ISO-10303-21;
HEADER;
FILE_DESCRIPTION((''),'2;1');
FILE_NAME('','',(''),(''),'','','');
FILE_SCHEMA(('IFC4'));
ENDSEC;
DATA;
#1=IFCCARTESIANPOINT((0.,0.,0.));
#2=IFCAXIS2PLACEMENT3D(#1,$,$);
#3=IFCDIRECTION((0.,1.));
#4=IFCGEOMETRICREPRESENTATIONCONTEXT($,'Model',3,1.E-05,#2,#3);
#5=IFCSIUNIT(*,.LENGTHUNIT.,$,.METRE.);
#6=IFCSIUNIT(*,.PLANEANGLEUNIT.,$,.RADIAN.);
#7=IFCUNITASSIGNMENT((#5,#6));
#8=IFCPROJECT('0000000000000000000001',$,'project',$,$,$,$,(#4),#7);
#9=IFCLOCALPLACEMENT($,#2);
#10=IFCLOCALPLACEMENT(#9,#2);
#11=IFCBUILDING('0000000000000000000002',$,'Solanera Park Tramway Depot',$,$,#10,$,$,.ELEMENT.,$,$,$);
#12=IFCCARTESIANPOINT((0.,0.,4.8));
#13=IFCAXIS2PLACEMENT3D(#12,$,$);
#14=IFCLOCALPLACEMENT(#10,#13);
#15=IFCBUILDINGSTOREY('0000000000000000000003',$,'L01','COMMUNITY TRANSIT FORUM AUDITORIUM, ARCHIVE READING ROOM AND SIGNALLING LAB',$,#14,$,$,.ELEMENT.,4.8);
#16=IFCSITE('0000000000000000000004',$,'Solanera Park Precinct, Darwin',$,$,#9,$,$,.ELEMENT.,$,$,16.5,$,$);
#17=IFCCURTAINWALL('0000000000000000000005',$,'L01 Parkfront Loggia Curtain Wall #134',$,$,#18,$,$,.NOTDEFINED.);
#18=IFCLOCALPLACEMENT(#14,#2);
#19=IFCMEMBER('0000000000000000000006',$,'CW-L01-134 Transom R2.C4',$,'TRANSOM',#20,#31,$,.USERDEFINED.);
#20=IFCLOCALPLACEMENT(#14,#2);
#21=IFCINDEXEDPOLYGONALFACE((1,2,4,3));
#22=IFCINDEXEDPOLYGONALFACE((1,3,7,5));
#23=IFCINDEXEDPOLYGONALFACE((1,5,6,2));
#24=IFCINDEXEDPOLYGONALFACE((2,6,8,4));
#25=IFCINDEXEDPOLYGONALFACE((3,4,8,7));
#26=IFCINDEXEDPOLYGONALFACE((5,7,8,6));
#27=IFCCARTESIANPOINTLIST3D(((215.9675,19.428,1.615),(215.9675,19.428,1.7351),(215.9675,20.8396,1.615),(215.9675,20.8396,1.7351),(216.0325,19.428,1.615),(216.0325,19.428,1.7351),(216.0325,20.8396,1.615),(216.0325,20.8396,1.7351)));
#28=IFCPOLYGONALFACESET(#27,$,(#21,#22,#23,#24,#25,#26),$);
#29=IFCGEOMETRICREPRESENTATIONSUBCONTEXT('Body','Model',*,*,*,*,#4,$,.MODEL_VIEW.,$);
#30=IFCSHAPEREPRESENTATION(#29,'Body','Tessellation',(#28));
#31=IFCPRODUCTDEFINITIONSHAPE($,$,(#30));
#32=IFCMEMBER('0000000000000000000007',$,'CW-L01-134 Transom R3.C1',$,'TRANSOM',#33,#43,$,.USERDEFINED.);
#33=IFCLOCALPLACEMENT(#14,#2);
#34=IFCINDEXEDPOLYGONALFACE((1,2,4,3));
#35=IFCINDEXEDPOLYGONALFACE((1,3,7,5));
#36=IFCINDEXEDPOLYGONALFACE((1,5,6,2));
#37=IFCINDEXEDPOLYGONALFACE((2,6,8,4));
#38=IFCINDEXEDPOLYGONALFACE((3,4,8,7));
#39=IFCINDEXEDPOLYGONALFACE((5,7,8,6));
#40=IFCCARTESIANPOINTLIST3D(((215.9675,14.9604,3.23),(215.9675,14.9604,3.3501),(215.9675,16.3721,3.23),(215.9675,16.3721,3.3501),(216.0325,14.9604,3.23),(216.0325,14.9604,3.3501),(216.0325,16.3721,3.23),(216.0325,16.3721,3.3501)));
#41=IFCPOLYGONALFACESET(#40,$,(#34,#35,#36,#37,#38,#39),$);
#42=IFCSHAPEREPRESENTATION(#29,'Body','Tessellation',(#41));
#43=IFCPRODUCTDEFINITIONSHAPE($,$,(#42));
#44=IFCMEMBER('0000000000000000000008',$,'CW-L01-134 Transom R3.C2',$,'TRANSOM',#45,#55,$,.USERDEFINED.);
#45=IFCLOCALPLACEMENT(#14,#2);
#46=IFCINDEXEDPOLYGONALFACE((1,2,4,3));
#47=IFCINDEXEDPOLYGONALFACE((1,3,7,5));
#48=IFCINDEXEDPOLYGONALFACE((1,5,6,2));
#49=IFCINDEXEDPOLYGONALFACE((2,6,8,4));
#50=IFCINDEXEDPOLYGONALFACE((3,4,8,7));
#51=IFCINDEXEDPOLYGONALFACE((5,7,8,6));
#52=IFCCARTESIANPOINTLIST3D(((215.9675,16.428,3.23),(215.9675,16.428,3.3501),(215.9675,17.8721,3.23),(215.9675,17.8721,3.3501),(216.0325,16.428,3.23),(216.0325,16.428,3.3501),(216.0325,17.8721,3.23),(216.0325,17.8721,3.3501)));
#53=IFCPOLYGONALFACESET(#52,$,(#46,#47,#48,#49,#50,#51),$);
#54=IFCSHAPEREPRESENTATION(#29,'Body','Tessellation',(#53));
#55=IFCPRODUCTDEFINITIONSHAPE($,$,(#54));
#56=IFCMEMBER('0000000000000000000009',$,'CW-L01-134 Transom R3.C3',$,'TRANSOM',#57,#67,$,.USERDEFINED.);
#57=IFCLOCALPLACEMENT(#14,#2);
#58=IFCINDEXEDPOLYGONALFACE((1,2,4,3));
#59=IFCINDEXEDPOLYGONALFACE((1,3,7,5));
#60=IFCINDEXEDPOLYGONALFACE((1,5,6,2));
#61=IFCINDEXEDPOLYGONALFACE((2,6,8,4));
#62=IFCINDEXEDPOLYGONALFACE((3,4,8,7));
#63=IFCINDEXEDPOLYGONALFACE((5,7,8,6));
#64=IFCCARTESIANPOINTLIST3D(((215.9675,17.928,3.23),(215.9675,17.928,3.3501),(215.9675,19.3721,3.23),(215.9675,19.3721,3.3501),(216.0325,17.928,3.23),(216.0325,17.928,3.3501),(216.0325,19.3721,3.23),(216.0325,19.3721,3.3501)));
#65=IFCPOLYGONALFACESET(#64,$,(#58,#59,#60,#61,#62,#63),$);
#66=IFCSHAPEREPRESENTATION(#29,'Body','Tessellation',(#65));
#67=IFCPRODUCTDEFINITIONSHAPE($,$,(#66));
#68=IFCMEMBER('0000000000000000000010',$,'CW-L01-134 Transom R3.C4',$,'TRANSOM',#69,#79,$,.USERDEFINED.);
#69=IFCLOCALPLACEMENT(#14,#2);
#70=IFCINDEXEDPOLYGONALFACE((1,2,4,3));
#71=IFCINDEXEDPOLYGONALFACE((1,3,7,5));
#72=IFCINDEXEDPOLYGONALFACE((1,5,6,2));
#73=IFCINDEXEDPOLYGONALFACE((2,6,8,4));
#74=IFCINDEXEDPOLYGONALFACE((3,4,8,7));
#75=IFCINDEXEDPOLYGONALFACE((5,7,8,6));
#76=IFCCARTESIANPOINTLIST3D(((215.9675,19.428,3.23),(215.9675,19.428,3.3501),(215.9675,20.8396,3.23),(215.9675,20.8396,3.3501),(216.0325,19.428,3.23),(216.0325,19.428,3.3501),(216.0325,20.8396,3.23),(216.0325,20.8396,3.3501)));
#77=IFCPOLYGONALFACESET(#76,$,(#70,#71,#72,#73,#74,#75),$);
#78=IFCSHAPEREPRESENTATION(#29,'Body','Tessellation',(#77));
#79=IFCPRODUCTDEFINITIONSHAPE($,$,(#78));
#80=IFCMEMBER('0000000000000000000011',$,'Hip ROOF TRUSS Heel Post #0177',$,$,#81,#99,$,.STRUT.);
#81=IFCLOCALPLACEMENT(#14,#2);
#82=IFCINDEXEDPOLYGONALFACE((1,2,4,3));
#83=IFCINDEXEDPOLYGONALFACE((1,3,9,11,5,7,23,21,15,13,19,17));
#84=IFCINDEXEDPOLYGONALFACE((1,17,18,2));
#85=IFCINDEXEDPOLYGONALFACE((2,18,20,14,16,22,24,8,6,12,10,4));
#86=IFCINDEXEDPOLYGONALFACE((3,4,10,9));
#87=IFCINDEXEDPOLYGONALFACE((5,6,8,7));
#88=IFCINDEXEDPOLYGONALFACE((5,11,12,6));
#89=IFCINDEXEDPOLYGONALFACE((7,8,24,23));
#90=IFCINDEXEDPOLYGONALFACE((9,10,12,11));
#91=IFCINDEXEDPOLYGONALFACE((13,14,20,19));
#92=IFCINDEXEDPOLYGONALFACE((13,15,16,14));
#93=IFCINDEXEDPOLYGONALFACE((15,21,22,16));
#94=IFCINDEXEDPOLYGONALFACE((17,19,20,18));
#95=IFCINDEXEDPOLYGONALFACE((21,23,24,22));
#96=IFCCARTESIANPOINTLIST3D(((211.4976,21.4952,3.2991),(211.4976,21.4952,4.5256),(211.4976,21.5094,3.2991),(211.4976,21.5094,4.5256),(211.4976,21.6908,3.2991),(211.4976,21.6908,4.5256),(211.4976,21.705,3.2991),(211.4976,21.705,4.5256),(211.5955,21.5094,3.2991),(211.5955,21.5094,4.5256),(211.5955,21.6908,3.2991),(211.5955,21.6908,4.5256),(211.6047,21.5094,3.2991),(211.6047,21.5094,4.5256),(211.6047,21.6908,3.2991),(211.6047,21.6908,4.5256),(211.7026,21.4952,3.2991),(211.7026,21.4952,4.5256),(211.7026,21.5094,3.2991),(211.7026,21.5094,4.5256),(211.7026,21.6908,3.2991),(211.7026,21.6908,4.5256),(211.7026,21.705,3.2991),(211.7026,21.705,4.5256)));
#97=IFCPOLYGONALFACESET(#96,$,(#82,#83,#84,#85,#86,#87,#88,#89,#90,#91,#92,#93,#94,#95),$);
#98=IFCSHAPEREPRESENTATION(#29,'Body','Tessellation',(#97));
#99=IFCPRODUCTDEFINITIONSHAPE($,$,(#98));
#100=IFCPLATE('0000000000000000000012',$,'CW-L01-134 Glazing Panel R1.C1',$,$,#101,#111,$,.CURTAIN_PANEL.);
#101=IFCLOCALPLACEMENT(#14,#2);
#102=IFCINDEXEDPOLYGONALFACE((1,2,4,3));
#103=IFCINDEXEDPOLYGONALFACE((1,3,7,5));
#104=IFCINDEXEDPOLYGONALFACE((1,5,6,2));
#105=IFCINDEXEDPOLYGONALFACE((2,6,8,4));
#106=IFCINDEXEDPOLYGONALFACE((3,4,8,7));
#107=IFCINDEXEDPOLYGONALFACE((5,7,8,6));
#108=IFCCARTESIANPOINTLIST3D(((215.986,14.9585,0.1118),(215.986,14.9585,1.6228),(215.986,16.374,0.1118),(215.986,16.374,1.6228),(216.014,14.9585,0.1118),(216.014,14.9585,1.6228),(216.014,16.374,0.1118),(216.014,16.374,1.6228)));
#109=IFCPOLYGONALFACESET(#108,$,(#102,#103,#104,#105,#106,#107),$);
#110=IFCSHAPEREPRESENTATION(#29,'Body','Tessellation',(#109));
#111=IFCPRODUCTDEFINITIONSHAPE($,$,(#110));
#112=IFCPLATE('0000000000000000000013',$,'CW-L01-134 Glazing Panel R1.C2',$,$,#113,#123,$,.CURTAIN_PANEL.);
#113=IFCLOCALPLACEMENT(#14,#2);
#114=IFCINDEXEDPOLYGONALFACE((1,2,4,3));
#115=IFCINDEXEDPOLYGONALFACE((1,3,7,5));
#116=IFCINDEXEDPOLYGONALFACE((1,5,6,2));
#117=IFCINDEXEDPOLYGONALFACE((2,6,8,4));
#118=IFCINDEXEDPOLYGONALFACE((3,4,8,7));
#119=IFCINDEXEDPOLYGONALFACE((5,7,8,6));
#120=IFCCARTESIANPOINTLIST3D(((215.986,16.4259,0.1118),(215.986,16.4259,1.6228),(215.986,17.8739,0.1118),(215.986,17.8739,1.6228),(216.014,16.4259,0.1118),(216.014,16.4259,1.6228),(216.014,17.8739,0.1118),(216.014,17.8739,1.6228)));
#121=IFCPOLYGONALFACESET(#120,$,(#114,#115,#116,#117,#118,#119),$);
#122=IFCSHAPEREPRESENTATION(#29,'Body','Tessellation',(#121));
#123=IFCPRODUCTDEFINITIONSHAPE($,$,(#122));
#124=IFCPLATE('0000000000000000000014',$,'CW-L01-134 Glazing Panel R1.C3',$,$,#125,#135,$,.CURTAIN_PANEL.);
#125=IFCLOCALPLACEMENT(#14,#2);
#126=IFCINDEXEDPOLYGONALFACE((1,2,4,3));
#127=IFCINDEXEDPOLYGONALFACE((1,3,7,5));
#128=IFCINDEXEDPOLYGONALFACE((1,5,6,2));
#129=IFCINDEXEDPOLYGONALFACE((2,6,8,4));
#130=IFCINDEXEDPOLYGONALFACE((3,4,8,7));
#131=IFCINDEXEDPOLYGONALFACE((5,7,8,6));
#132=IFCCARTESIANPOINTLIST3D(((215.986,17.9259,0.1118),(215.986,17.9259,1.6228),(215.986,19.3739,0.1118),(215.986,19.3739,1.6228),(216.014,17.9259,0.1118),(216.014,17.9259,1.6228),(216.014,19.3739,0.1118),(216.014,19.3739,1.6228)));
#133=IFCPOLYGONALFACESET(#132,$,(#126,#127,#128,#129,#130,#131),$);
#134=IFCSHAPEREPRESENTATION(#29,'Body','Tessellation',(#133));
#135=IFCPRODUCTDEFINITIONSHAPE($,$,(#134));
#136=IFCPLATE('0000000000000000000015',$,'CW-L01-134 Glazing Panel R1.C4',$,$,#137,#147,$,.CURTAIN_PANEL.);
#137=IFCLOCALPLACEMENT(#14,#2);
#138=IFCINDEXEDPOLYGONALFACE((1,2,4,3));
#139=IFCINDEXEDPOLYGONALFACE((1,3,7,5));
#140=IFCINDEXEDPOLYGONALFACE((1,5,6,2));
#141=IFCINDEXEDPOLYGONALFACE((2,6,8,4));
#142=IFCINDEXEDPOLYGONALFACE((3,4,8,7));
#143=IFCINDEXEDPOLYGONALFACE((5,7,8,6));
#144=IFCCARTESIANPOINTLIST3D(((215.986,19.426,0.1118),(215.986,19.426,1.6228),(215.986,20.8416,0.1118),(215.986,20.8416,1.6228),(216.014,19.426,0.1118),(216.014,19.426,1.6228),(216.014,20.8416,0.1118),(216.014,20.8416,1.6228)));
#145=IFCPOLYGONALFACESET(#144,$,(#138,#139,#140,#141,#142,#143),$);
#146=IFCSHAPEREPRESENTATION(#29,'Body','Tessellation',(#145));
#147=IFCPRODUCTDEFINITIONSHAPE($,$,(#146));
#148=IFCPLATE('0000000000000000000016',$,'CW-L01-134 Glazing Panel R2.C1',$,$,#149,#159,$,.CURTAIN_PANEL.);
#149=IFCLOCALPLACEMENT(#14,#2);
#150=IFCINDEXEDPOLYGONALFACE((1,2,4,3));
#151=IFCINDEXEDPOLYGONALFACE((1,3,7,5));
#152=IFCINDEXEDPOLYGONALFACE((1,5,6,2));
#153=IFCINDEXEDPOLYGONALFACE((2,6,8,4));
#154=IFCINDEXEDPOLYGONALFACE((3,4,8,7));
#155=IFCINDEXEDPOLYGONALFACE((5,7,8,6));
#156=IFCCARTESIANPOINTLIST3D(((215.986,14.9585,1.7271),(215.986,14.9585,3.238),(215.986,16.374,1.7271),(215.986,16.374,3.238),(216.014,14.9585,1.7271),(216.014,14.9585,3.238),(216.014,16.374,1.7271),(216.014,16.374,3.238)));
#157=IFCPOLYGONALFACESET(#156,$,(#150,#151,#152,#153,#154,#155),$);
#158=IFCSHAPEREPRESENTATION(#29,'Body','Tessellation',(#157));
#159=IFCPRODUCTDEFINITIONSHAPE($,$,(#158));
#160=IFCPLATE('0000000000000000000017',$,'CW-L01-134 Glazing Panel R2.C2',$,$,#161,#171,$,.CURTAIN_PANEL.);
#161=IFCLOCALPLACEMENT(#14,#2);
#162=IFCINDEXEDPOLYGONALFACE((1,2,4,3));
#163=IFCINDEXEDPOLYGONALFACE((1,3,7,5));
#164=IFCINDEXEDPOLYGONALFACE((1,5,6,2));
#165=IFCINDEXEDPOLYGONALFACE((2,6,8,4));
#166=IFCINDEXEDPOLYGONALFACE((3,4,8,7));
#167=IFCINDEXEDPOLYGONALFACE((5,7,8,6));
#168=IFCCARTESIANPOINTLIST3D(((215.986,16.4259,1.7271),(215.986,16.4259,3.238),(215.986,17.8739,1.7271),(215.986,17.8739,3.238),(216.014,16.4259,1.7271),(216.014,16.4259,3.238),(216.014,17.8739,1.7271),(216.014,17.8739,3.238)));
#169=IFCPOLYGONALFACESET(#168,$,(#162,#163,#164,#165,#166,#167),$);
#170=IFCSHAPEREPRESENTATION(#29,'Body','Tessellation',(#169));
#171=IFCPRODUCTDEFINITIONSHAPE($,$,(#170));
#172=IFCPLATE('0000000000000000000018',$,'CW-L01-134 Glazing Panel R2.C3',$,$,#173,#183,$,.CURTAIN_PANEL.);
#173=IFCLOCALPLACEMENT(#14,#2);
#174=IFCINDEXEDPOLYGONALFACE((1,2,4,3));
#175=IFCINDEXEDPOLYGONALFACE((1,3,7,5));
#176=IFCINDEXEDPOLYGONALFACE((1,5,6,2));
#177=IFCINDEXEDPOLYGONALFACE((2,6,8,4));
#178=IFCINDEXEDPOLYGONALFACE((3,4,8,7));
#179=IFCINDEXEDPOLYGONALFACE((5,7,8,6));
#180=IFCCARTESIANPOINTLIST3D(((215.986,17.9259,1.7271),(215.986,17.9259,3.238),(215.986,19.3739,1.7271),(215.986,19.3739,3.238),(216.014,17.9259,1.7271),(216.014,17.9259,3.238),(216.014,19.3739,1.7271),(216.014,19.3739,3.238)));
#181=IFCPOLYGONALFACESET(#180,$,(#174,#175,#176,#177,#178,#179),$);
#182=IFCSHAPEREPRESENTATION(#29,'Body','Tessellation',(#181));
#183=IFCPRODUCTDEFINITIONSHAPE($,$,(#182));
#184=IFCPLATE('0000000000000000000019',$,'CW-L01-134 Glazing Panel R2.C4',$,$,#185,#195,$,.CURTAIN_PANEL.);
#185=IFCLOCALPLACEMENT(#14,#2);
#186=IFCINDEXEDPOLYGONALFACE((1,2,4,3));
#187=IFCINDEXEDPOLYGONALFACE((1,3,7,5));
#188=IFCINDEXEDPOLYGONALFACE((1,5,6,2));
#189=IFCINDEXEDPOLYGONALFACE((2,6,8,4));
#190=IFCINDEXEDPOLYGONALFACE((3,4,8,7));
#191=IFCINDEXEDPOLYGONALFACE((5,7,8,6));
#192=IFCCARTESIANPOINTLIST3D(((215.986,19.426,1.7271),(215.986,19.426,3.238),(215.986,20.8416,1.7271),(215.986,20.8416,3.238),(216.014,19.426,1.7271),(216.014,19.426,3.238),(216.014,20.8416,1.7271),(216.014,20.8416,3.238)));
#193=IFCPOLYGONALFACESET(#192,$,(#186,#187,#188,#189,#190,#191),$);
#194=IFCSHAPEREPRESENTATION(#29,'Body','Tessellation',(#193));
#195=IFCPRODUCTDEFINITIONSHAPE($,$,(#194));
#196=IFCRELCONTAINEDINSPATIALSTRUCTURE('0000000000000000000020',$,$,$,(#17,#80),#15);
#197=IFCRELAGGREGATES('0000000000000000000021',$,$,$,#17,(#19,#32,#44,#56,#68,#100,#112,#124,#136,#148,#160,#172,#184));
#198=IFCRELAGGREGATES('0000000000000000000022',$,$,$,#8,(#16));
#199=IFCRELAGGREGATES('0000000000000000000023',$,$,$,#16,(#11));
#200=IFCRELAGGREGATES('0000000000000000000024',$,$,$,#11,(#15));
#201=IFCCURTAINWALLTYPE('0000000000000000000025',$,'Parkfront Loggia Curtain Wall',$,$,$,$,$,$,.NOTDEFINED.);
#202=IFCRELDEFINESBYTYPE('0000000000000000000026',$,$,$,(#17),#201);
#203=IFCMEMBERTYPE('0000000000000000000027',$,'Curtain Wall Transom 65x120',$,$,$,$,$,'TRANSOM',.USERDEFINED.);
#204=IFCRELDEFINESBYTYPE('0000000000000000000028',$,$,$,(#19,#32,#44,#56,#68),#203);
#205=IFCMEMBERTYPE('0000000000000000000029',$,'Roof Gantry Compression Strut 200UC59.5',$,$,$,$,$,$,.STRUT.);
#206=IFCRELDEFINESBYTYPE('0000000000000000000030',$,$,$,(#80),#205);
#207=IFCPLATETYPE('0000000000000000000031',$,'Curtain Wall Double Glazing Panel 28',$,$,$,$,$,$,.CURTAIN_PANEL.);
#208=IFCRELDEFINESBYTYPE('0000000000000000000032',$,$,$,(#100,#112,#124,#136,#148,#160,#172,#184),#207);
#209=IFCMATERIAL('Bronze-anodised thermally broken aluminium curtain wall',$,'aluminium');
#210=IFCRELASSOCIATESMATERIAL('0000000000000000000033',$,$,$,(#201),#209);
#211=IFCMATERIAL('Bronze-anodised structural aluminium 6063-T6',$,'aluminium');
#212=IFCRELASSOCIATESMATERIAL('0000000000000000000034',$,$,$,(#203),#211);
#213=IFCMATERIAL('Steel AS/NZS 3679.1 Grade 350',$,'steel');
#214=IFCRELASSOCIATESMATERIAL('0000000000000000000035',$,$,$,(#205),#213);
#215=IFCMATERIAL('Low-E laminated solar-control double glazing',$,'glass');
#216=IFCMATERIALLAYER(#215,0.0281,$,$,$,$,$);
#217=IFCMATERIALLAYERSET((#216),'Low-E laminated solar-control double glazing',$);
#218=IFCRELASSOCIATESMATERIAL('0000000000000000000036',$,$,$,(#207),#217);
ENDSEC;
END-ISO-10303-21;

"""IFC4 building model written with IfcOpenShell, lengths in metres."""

from ifc_helpers import new_model, si_unit, direction, frame, origin, origin_2d, place, context, subcontext, project, spatial, rectangle, i_section, extrude, material, layer, layer_set, material_profile, profile_set, type_object, element, aggregate, save


model = new_model("IFC4")

# Units and contexts
model_context = context("Model", 3, precision=1e-05, world=origin(), true_north=direction((0.0, 1.0)))
body_context = subcontext(model_context, "Body", "Model", "MODEL_VIEW")
ifc_project = project(units=[si_unit("LENGTHUNIT", "METRE"), si_unit("PLANEANGLEUNIT", "RADIAN")], contexts=[model_context])

# Site, building, storey
site_placement = place(None, origin())
site = spatial("IfcSite", under=ifc_project, at=site_placement, Name="Solanera Park Precinct, Darwin", CompositionType="ELEMENT", RefElevation=16.5)
building_placement = place(site_placement, origin())
building = spatial("IfcBuilding", under=site, at=building_placement, Name="Solanera Park Tramway Depot", CompositionType="ELEMENT")
storey_placement = place(building_placement, frame((0.0, 0.0, 4.8)))
storey = spatial("IfcBuildingStorey", under=building, at=storey_placement, Name="L01", Description="COMMUNITY TRANSIT FORUM AUDITORIUM, ARCHIVE READING ROOM AND SIGNALLING LAB", CompositionType="ELEMENT", Elevation=4.8)

# Curtain wall
ifc_material_1 = material(Name="Bronze-anodised thermally broken aluminium curtain wall", Category="aluminium")
curtain_wall_type = type_object("IfcCurtainWallType", Name="Parkfront Loggia Curtain Wall", PredefinedType="NOTDEFINED", material=ifc_material_1)
curtain_wall_1_placement = place(storey_placement, origin())
curtain_wall_1 = element("IfcCurtainWall", 1, at=curtain_wall_1_placement, inside=storey, type_object=curtain_wall_type, Name="L01 Parkfront Loggia Curtain Wall #134", PredefinedType="NOTDEFINED")

# Members
ifc_material_2 = material(Name="Bronze-anodised structural aluminium 6063-T6", Category="aluminium")
ifc_material_profile_1 = material_profile(ifc_material_2, rectangle(XDim=0.0649, YDim=0.1201, at=origin_2d()), Name="Curtain Wall Transom 65x120")
ifc_profile_set_1 = profile_set([ifc_material_profile_1], Name="Bronze-anodised structural aluminium 6063-T6")
member_type_1 = type_object("IfcMemberType", Name="Curtain Wall Transom 65x120", ElementType="TRANSOM", PredefinedType="USERDEFINED", material=ifc_profile_set_1)
member_1_placement = place(storey_placement, frame((216.0, 19.428, 1.675), z_axis=(0.0, 1.0, 0.0), x_axis=(-1.0, 0.0, 0.0)))
member_1 = element("IfcMember", 2, at=member_1_placement, type_object=member_type_1, Name="CW-L01-134 Transom R2.C4", ObjectType="TRANSOM", PredefinedType="USERDEFINED", context=body_context, shape_type="SweptSolid", body=[
    extrude(rectangle(XDim=0.0649, YDim=0.1201, at=origin_2d()), origin(), (0.0, 0.0, 1.0), 1.4116),
])
member_2_placement = place(storey_placement, frame((216.0, 14.9604, 3.29), z_axis=(0.0, 1.0, 0.0), x_axis=(-1.0, 0.0, 0.0)))
member_2 = element("IfcMember", 3, at=member_2_placement, type_object=member_type_1, Name="CW-L01-134 Transom R3.C1", ObjectType="TRANSOM", PredefinedType="USERDEFINED", context=body_context, shape_type="SweptSolid", body=[
    extrude(rectangle(XDim=0.0649, YDim=0.1201, at=origin_2d()), origin(), (0.0, 0.0, 1.0), 1.4116),
])
member_3_placement = place(storey_placement, frame((216.0, 16.428, 3.29), z_axis=(0.0, 1.0, 0.0), x_axis=(-1.0, 0.0, 0.0)))
member_3 = element("IfcMember", 4, at=member_3_placement, type_object=member_type_1, Name="CW-L01-134 Transom R3.C2", ObjectType="TRANSOM", PredefinedType="USERDEFINED", context=body_context, shape_type="SweptSolid", body=[
    extrude(rectangle(XDim=0.0649, YDim=0.1201, at=origin_2d()), origin(), (0.0, 0.0, 1.0), 1.4441),
])
member_4_placement = place(storey_placement, frame((216.0, 17.928, 3.29), z_axis=(0.0, 1.0, 0.0), x_axis=(-1.0, 0.0, 0.0)))
member_4 = element("IfcMember", 5, at=member_4_placement, type_object=member_type_1, Name="CW-L01-134 Transom R3.C3", ObjectType="TRANSOM", PredefinedType="USERDEFINED", context=body_context, shape_type="SweptSolid", body=[
    extrude(rectangle(XDim=0.0649, YDim=0.1201, at=origin_2d()), origin(), (0.0, 0.0, 1.0), 1.4441),
])
member_5_placement = place(storey_placement, frame((216.0, 19.428, 3.29), z_axis=(0.0, 1.0, 0.0), x_axis=(-1.0, 0.0, 0.0)))
member_5 = element("IfcMember", 6, at=member_5_placement, type_object=member_type_1, Name="CW-L01-134 Transom R3.C4", ObjectType="TRANSOM", PredefinedType="USERDEFINED", context=body_context, shape_type="SweptSolid", body=[
    extrude(rectangle(XDim=0.0649, YDim=0.1201, at=origin_2d()), origin(), (0.0, 0.0, 1.0), 1.4116),
])
ifc_material_3 = material(Name="Steel AS/NZS 3679.1 Grade 350", Category="steel")
ifc_material_profile_2 = material_profile(ifc_material_3, i_section(OverallWidth=0.2051, OverallDepth=0.2097, WebThickness=0.0093, FlangeThickness=0.0142, at=origin_2d()), Name="200UC59.5")
ifc_profile_set_2 = profile_set([ifc_material_profile_2], Name="Steel AS/NZS 3679.1 Grade 350")
member_type_2 = type_object("IfcMemberType", Name="Roof Gantry Compression Strut 200UC59.5", PredefinedType="STRUT", material=ifc_profile_set_2)
member_6_placement = place(storey_placement, frame((211.6001, 21.6001, 3.2991), z_axis=(0.0, 0.0, 1.0), x_axis=(1.0, 0.0, 0.0)))
element("IfcMember", 7, at=member_6_placement, inside=storey, type_object=member_type_2, Name="Hip ROOF TRUSS Heel Post #0177", PredefinedType="STRUT", context=body_context, shape_type="SweptSolid", body=[
    extrude(i_section(OverallWidth=0.2051, OverallDepth=0.2097, WebThickness=0.0093, FlangeThickness=0.0142, at=origin_2d()), origin(), (0.0, 0.0, 1.0), 1.2266),
])

# Plates
ifc_material_4 = material(Name="Low-E laminated solar-control double glazing", Category="glass")
ifc_layer_1 = layer(ifc_material_4, 0.0281)
ifc_layer_set_1 = layer_set([ifc_layer_1], Name="Low-E laminated solar-control double glazing")
plate_type_1 = type_object("IfcPlateType", Name="Curtain Wall Double Glazing Panel 28", PredefinedType="CURTAIN_PANEL", material=ifc_layer_set_1)
plate_1_placement = place(storey_placement, frame((216.0, 15.6663, 0.1118), z_axis=(0.0, 0.0, 1.0), x_axis=(0.0, 1.0, 0.0)))
plate_1 = element("IfcPlate", 8, at=plate_1_placement, type_object=plate_type_1, Name="CW-L01-134 Glazing Panel R1.C1", PredefinedType="CURTAIN_PANEL", context=body_context, shape_type="SweptSolid", body=[
    extrude(rectangle(XDim=1.4155, YDim=0.0281, at=origin_2d()), origin(), (0.0, 0.0, 1.0), 1.511),
])
plate_2_placement = place(storey_placement, frame((216.0, 17.1499, 0.1118), z_axis=(0.0, 0.0, 1.0), x_axis=(0.0, 1.0, 0.0)))
plate_2 = element("IfcPlate", 9, at=plate_2_placement, type_object=plate_type_1, Name="CW-L01-134 Glazing Panel R1.C2", PredefinedType="CURTAIN_PANEL", context=body_context, shape_type="SweptSolid", body=[
    extrude(rectangle(XDim=1.448, YDim=0.0281, at=origin_2d()), origin(), (0.0, 0.0, 1.0), 1.511),
])
plate_3_placement = place(storey_placement, frame((216.0, 18.6499, 0.1118), z_axis=(0.0, 0.0, 1.0), x_axis=(0.0, 1.0, 0.0)))
plate_3 = element("IfcPlate", 10, at=plate_3_placement, type_object=plate_type_1, Name="CW-L01-134 Glazing Panel R1.C3", PredefinedType="CURTAIN_PANEL", context=body_context, shape_type="SweptSolid", body=[
    extrude(rectangle(XDim=1.448, YDim=0.0281, at=origin_2d()), origin(), (0.0, 0.0, 1.0), 1.511),
])
plate_4_placement = place(storey_placement, frame((216.0, 20.1338, 0.1118), z_axis=(0.0, 0.0, 1.0), x_axis=(0.0, 1.0, 0.0)))
plate_4 = element("IfcPlate", 11, at=plate_4_placement, type_object=plate_type_1, Name="CW-L01-134 Glazing Panel R1.C4", PredefinedType="CURTAIN_PANEL", context=body_context, shape_type="SweptSolid", body=[
    extrude(rectangle(XDim=1.4155, YDim=0.0281, at=origin_2d()), origin(), (0.0, 0.0, 1.0), 1.511),
])
plate_5_placement = place(storey_placement, frame((216.0, 15.6663, 1.7271), z_axis=(0.0, 0.0, 1.0), x_axis=(0.0, 1.0, 0.0)))
plate_5 = element("IfcPlate", 12, at=plate_5_placement, type_object=plate_type_1, Name="CW-L01-134 Glazing Panel R2.C1", PredefinedType="CURTAIN_PANEL", context=body_context, shape_type="SweptSolid", body=[
    extrude(rectangle(XDim=1.4155, YDim=0.0281, at=origin_2d()), origin(), (0.0, 0.0, 1.0), 1.511),
])
plate_6_placement = place(storey_placement, frame((216.0, 17.1499, 1.7271), z_axis=(0.0, 0.0, 1.0), x_axis=(0.0, 1.0, 0.0)))
plate_6 = element("IfcPlate", 13, at=plate_6_placement, type_object=plate_type_1, Name="CW-L01-134 Glazing Panel R2.C2", PredefinedType="CURTAIN_PANEL", context=body_context, shape_type="SweptSolid", body=[
    extrude(rectangle(XDim=1.448, YDim=0.0281, at=origin_2d()), origin(), (0.0, 0.0, 1.0), 1.511),
])
plate_7_placement = place(storey_placement, frame((216.0, 18.6499, 1.7271), z_axis=(0.0, 0.0, 1.0), x_axis=(0.0, 1.0, 0.0)))
plate_7 = element("IfcPlate", 14, at=plate_7_placement, type_object=plate_type_1, Name="CW-L01-134 Glazing Panel R2.C3", PredefinedType="CURTAIN_PANEL", context=body_context, shape_type="SweptSolid", body=[
    extrude(rectangle(XDim=1.448, YDim=0.0281, at=origin_2d()), origin(), (0.0, 0.0, 1.0), 1.511),
])
plate_8_placement = place(storey_placement, frame((216.0, 20.1338, 1.7271), z_axis=(0.0, 0.0, 1.0), x_axis=(0.0, 1.0, 0.0)))
plate_8 = element("IfcPlate", 15, at=plate_8_placement, type_object=plate_type_1, Name="CW-L01-134 Glazing Panel R2.C4", PredefinedType="CURTAIN_PANEL", context=body_context, shape_type="SweptSolid", body=[
    extrude(rectangle(XDim=1.4155, YDim=0.0281, at=origin_2d()), origin(), (0.0, 0.0, 1.0), 1.511),
])
aggregate(curtain_wall_1, [member_1, member_2, member_3, member_4, member_5, plate_1, plate_2, plate_3, plate_4, plate_5, plate_6, plate_7, plate_8])

save(model, "model.ifc")
